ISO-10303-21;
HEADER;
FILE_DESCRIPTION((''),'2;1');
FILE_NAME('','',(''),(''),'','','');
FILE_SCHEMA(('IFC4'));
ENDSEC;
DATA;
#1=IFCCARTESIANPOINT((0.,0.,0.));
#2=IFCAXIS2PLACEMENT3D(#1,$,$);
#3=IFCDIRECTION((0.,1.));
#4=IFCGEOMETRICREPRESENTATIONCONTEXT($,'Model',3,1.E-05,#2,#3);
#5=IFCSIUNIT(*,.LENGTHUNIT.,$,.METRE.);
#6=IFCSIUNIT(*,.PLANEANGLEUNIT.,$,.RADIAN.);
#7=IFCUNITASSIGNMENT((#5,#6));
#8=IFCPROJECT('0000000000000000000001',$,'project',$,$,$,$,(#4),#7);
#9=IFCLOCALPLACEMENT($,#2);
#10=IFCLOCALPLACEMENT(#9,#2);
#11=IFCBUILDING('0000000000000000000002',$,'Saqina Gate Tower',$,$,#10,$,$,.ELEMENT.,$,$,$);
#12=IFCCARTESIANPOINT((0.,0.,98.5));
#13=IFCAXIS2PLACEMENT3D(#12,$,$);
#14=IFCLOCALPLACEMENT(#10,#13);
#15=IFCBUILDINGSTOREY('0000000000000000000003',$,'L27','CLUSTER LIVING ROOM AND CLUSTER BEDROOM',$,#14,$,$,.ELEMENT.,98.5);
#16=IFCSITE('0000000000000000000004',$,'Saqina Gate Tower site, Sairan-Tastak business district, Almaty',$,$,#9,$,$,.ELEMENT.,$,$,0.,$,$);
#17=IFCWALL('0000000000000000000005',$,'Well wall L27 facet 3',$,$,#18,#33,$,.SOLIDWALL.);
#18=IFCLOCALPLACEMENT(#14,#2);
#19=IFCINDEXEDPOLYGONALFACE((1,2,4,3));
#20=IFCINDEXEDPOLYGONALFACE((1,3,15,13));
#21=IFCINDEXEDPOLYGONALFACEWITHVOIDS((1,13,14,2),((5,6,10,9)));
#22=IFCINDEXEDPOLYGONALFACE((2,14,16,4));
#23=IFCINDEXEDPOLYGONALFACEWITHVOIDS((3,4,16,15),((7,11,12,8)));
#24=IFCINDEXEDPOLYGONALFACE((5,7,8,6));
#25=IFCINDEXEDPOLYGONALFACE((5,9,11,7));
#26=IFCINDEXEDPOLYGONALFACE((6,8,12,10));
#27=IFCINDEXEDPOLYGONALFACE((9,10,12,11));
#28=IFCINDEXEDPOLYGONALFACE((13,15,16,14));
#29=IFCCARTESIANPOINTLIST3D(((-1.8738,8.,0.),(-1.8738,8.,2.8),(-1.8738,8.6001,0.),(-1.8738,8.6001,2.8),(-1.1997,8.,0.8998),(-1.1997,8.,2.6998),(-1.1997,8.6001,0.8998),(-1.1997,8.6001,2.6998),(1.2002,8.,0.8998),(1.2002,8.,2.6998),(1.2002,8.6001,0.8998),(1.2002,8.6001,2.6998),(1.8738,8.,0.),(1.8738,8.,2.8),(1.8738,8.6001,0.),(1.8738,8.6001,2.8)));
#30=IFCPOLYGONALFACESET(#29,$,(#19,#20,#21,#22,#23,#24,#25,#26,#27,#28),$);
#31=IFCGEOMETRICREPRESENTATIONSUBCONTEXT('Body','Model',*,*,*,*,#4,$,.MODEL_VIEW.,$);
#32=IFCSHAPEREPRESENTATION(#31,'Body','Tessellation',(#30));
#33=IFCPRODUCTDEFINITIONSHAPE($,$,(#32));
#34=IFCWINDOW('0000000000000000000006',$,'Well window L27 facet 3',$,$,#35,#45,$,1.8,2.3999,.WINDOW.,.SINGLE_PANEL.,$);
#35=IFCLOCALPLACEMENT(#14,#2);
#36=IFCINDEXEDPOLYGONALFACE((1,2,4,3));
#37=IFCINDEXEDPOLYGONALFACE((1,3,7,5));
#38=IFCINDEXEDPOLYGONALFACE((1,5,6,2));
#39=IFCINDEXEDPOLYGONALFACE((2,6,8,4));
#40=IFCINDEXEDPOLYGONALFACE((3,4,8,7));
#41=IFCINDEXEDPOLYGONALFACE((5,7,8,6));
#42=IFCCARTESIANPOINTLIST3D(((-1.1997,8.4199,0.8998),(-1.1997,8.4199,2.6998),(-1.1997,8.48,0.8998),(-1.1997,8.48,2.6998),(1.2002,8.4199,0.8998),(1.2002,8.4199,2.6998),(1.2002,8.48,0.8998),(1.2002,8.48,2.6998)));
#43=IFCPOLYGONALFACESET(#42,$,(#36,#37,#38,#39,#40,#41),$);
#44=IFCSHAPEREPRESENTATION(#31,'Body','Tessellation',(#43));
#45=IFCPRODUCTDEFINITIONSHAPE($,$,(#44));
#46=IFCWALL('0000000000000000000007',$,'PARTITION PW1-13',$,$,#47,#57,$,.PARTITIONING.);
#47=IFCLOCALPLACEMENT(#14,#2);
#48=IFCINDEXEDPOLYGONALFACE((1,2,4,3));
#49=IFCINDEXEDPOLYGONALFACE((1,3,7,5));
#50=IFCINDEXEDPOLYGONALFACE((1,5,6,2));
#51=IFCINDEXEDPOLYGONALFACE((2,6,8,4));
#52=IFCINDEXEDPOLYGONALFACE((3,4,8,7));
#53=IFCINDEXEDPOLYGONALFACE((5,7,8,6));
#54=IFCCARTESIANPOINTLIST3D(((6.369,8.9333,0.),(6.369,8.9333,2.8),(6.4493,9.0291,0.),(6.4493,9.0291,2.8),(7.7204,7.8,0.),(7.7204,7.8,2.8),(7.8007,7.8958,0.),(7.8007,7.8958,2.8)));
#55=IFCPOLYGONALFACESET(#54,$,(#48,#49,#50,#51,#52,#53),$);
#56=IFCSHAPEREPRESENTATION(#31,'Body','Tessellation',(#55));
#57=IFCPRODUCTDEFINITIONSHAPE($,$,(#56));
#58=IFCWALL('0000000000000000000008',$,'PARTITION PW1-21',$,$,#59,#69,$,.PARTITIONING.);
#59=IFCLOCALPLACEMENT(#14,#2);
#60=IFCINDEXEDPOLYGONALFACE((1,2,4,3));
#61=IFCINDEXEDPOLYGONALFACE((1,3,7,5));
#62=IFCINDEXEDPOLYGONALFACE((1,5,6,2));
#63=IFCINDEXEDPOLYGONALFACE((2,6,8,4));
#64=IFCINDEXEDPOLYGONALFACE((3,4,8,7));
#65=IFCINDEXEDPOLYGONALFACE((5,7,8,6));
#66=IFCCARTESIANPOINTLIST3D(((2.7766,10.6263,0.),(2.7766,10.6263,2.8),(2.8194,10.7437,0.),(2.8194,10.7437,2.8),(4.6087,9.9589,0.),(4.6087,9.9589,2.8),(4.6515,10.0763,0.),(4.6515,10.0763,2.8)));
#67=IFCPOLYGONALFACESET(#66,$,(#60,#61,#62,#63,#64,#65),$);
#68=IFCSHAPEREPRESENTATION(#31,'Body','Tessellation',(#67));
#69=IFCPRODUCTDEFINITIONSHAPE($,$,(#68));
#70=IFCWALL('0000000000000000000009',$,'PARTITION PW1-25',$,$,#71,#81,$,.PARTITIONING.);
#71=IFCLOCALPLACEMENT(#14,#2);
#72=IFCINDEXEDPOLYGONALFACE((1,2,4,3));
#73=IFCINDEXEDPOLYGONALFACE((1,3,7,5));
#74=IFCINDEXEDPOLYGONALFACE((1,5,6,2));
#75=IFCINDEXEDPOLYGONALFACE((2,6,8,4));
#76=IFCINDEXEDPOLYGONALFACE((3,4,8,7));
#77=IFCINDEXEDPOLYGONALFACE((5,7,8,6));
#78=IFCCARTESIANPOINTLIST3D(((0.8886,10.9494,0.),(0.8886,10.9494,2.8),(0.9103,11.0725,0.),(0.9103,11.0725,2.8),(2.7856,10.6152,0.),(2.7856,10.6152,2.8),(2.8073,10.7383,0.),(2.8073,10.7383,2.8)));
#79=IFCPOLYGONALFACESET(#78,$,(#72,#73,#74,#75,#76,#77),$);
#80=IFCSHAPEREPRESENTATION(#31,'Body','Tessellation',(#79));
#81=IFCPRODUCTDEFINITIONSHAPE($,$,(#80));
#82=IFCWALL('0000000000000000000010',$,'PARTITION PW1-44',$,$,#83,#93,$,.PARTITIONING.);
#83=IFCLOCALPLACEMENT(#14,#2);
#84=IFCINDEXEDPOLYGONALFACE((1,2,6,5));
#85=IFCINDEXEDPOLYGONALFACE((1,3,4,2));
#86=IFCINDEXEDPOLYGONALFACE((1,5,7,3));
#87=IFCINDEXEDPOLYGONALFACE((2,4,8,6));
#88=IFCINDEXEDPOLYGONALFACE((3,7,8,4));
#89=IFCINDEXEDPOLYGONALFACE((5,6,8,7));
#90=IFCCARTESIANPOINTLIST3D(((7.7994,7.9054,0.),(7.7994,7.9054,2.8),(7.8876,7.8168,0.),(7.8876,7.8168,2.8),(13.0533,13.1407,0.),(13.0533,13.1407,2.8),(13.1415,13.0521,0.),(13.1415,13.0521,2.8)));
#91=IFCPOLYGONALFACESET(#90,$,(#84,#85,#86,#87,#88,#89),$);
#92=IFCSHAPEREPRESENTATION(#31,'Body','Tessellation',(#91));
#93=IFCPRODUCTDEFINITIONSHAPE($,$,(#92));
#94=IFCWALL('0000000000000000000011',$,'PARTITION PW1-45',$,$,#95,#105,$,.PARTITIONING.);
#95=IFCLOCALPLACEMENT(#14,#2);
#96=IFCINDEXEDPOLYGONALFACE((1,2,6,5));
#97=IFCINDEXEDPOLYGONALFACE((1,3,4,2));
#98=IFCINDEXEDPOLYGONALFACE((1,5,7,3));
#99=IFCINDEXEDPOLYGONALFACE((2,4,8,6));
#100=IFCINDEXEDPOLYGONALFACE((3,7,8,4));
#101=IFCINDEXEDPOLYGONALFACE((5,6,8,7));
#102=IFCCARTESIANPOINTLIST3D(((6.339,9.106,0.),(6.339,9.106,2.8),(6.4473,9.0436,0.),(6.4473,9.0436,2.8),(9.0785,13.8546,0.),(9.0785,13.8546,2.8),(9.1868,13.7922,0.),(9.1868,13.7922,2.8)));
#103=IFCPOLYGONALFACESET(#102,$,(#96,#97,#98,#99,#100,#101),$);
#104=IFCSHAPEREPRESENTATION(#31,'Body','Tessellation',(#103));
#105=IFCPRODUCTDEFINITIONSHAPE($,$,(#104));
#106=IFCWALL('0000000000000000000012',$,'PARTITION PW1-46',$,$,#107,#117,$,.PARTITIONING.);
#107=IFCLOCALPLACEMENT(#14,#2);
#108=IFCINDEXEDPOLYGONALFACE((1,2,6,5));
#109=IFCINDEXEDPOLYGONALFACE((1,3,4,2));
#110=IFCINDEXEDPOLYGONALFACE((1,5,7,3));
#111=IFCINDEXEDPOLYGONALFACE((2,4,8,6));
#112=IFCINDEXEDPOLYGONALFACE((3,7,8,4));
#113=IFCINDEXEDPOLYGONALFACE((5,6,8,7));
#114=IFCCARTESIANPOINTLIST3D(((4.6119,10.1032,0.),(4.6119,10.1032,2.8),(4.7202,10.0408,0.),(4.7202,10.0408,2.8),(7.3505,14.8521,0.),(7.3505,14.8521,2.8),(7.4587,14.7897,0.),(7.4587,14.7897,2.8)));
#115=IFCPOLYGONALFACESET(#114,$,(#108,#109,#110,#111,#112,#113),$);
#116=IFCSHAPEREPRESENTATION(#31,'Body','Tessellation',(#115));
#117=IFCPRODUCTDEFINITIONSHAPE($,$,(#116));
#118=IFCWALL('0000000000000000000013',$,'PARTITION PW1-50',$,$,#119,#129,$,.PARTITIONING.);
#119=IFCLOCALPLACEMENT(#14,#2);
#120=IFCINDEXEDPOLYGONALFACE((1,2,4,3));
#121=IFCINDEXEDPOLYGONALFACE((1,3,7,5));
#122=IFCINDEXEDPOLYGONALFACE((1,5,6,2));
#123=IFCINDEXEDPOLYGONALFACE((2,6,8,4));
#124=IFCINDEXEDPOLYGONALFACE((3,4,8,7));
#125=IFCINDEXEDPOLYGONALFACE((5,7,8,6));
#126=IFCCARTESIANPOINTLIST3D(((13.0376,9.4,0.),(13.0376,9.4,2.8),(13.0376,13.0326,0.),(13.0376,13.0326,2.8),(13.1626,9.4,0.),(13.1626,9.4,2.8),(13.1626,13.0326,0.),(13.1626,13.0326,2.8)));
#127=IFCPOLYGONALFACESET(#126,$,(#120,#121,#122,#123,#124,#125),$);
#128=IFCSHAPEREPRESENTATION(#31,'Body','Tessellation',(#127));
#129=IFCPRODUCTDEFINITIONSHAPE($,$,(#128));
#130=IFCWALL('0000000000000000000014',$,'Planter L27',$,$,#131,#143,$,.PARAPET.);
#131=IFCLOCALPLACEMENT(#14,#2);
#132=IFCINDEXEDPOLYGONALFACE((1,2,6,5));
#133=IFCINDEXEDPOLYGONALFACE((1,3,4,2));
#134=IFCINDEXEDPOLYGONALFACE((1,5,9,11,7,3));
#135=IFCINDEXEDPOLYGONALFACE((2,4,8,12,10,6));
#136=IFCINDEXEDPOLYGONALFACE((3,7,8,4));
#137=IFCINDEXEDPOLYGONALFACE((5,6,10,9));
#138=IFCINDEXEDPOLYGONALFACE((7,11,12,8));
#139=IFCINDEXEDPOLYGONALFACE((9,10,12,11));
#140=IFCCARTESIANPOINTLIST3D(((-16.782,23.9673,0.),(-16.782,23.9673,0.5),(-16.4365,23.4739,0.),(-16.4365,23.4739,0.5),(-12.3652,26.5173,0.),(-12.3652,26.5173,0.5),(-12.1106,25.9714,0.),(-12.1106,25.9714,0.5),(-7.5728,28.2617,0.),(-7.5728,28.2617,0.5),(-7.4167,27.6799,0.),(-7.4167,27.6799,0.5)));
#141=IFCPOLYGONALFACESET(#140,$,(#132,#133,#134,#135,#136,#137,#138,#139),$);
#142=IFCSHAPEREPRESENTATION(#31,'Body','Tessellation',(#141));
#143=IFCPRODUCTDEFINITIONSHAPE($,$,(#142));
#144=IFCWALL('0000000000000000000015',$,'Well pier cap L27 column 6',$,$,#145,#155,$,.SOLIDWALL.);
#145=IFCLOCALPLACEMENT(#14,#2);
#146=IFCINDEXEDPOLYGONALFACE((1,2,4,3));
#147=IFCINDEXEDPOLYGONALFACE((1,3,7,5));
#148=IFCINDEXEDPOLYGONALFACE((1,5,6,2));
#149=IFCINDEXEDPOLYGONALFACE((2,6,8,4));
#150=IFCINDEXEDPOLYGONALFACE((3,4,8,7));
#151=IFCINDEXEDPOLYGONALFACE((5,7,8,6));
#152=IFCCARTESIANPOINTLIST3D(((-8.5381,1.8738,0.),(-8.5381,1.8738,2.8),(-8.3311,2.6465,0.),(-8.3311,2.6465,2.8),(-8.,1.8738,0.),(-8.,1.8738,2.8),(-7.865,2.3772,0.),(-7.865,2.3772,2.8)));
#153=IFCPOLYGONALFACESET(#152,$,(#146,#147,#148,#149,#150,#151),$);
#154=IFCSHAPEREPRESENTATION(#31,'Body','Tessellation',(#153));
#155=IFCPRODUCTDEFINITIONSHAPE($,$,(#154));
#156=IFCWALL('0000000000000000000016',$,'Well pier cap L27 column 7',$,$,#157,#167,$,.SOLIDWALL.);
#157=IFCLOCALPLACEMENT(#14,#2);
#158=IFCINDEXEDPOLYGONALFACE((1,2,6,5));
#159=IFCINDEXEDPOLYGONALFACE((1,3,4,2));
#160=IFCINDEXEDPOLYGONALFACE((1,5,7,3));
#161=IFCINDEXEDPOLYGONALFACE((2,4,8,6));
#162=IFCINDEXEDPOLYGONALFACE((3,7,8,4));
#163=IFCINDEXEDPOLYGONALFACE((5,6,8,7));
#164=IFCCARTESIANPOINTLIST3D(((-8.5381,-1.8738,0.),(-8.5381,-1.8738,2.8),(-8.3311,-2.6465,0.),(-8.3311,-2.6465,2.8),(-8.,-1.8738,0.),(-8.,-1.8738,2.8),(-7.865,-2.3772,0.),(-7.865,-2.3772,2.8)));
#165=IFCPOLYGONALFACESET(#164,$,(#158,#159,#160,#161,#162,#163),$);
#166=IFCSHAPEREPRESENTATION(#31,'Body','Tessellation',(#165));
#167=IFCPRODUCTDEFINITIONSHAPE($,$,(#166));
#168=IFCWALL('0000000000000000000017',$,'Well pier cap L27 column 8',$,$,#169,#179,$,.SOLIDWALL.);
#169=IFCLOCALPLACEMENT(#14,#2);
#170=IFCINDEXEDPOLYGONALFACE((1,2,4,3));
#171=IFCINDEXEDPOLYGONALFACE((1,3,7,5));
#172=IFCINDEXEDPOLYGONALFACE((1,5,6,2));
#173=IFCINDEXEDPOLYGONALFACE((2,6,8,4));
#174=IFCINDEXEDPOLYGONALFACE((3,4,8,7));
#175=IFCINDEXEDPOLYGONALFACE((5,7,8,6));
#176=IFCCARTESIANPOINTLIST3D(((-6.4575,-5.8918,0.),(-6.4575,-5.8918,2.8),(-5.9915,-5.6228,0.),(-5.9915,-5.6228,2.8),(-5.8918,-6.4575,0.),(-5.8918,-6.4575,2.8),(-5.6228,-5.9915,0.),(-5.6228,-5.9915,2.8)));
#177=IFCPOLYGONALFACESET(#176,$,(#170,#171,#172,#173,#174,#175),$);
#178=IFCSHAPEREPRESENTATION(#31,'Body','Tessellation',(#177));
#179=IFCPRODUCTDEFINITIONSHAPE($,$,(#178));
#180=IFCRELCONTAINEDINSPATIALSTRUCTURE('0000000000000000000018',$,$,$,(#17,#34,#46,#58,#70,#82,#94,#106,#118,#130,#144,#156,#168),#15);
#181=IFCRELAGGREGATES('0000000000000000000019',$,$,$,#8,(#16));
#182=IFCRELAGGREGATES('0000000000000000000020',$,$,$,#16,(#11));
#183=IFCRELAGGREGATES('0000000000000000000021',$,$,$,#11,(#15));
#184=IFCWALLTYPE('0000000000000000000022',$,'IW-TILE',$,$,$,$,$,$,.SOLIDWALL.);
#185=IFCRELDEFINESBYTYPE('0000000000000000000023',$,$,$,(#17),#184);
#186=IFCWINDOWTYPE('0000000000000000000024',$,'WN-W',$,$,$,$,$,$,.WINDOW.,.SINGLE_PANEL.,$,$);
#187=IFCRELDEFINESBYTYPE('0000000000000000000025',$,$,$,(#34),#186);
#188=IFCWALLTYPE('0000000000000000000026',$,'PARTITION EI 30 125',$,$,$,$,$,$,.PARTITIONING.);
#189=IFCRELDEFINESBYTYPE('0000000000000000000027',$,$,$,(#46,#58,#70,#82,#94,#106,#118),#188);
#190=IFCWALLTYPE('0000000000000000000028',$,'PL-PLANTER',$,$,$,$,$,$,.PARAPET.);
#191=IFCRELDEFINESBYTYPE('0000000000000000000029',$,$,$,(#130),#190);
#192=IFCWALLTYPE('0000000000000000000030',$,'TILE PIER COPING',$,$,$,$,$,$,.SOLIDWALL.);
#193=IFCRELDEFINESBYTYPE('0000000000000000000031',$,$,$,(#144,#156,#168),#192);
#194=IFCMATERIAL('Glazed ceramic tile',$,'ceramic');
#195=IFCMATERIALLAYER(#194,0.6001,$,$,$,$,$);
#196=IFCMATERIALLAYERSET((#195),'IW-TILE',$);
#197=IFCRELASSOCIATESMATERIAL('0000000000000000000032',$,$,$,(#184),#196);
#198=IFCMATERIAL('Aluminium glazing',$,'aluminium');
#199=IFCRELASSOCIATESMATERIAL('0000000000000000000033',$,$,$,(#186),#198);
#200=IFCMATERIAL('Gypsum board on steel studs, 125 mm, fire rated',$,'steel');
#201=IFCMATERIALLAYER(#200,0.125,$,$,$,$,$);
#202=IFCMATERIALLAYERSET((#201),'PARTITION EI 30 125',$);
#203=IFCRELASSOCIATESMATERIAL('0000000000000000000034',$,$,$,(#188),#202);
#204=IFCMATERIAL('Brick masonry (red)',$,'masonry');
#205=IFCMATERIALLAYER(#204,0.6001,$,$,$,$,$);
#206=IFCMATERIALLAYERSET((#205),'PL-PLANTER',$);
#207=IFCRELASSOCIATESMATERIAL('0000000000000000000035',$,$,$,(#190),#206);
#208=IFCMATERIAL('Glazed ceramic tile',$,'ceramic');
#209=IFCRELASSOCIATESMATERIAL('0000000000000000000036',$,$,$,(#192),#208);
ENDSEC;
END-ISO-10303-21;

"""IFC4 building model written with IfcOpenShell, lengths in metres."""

from ifc_helpers import new_model, si_unit, direction, frame, frame_2d, origin, place, context, subcontext, project, spatial, polyline, rectangle, outline, extrude, material, layer, layer_set, type_object, element, fill, save


model = new_model("IFC4")

# Units and contexts
model_context = context("Model", 3, precision=1e-05, world=origin(), true_north=direction((0.0, 1.0)))
body_context = subcontext(model_context, "Body", "Model", "MODEL_VIEW")
ifc_project = project(units=[si_unit("LENGTHUNIT", "METRE"), si_unit("PLANEANGLEUNIT", "RADIAN")], contexts=[model_context])

# Site, building, storey
site_placement = place(None, origin())
site = spatial("IfcSite", under=ifc_project, at=site_placement, Name="Saqina Gate Tower site, Sairan-Tastak business district, Almaty", CompositionType="ELEMENT", RefElevation=0.0)
building_placement = place(site_placement, origin())
building = spatial("IfcBuilding", under=site, at=building_placement, Name="Saqina Gate Tower", CompositionType="ELEMENT")
storey_placement = place(building_placement, frame((0.0, 0.0, 98.5)))
storey = spatial("IfcBuildingStorey", under=building, at=storey_placement, Name="L27", Description="CLUSTER LIVING ROOM AND CLUSTER BEDROOM", CompositionType="ELEMENT", Elevation=98.5)

# Wall, opening, window
ifc_material_1 = material(Name="Glazed ceramic tile", Category="ceramic")
ifc_layer_1 = layer(ifc_material_1, 0.6001)
ifc_layer_set_1 = layer_set([ifc_layer_1], Name="IW-TILE")
wall_type_1 = type_object("IfcWallType", Name="IW-TILE", PredefinedType="SOLIDWALL", material=ifc_layer_set_1)
ifc_material_2 = material(Name="Aluminium glazing", Category="aluminium")
window_type = type_object("IfcWindowType", Name="WN-W", PartitioningType="SINGLE_PANEL", PredefinedType="WINDOW", material=ifc_material_2)
wall_1_placement = place(storey_placement, frame((1.8738, 8.3, 0.0), z_axis=(0.0, 0.0, 1.0), x_axis=(-1.0, 0.0, 0.0)))
wall_1 = element("IfcWall", 1, at=wall_1_placement, inside=storey, type_object=wall_type_1, Name="Well wall L27 facet 3", PredefinedType="SOLIDWALL", context=body_context, shape_type="SweptSolid", body=[
    extrude(rectangle(XDim=3.7476, YDim=0.6001, at=frame_2d((1.8738, 0.0))), origin(), (0.0, 0.0, 1.0), 2.8),
])
opening_1_placement = place(wall_1_placement, frame((0.6736, 0.0, 0.8999)))
opening_1 = element("IfcOpeningElement", 2, at=opening_1_placement, cuts=wall_1, PredefinedType="OPENING", context=body_context, shape_type="SweptSolid", body=[
    extrude(rectangle(XDim=2.3999, YDim=1.8, at=frame_2d((1.2, 0.8999))), frame((0.0, 0.312, 0.0), z_axis=(0.0, -1.0, 0.0), x_axis=(1.0, 0.0, 0.0)), (0.0, 0.0, 1.0), 0.624),
])
window_1_placement = place(opening_1_placement, origin())
window_1 = element("IfcWindow", 3, at=window_1_placement, inside=storey, type_object=window_type, Name="Well window L27 facet 3", OverallHeight=1.8, OverallWidth=2.3999, PartitioningType="SINGLE_PANEL", PredefinedType="WINDOW", context=body_context, shape_type="SweptSolid", body=[
    extrude(rectangle(XDim=2.3999, YDim=1.8, at=frame_2d((1.2, 0.8999))), frame((0.0, -0.1199, 0.0), z_axis=(0.0, -1.0, 0.0), x_axis=(1.0, 0.0, 0.0)), (0.0, 0.0, 1.0), 0.0601),
])
fill(opening_1, window_1)

# Walls
ifc_material_3 = material(Name="Gypsum board on steel studs, 125 mm, fire rated", Category="steel")
ifc_layer_2 = layer(ifc_material_3, 0.125)
ifc_layer_set_2 = layer_set([ifc_layer_2], Name="PARTITION EI 30 125")
wall_type_2 = type_object("IfcWallType", Name="PARTITION EI 30 125", PredefinedType="PARTITIONING", material=ifc_layer_set_2)
wall_2_placement = place(storey_placement, frame((6.4092, 8.9812, 0.0), z_axis=(0.0, 0.0, 1.0), x_axis=(0.766209, -0.642591, 0.0)))
element("IfcWall", 4, at=wall_2_placement, inside=storey, type_object=wall_type_2, Name="PARTITION PW1-13", PredefinedType="PARTITIONING", context=body_context, shape_type="SweptSolid", body=[
    extrude(rectangle(XDim=1.7637, YDim=0.125, at=frame_2d((0.8818, 0.0))), origin(), (0.0, 0.0, 1.0), 2.8),
])
wall_3_placement = place(storey_placement, frame((2.7979, 10.6851, 0.0), z_axis=(0.0, 0.0, 1.0), x_axis=(0.939596, -0.342286, 0.0)))
element("IfcWall", 5, at=wall_3_placement, inside=storey, type_object=wall_type_2, Name="PARTITION PW1-21", PredefinedType="PARTITIONING", context=body_context, shape_type="SweptSolid", body=[
    extrude(rectangle(XDim=1.95, YDim=0.125, at=frame_2d((0.9751, 0.0))), origin(), (0.0, 0.0, 1.0), 2.8),
])
wall_4_placement = place(storey_placement, frame((0.8994, 11.011, 0.0), z_axis=(0.0, 0.0, 1.0), x_axis=(0.984831, -0.173518, 0.0)))
element("IfcWall", 6, at=wall_4_placement, inside=storey, type_object=wall_type_2, Name="PARTITION PW1-25", PredefinedType="PARTITIONING", context=body_context, shape_type="SweptSolid", body=[
    extrude(rectangle(XDim=1.9263, YDim=0.125, at=frame_2d((0.9631, 0.0))), origin(), (0.0, 0.0, 1.0), 2.8),
])
wall_5_placement = place(storey_placement, frame((7.8435, 7.8611, 0.0), z_axis=(0.0, 0.0, 1.0), x_axis=(0.708356, 0.705855, 0.0)))
element("IfcWall", 7, at=wall_5_placement, inside=storey, type_object=wall_type_2, Name="PARTITION PW1-44", PredefinedType="PARTITIONING", context=body_context, shape_type="SweptSolid", body=[
    extrude(rectangle(XDim=7.417, YDim=0.125, at=frame_2d((3.7085, 0.0))), origin(), (0.0, 0.0, 1.0), 2.8),
])
wall_6_placement = place(storey_placement, frame((6.3931, 9.0747, 0.0), z_axis=(0.0, 0.0, 1.0), x_axis=(0.499717, 0.866189, 0.0)))
element("IfcWall", 8, at=wall_6_placement, inside=storey, type_object=wall_type_2, Name="PARTITION PW1-45", PredefinedType="PARTITIONING", context=body_context, shape_type="SweptSolid", body=[
    extrude(rectangle(XDim=5.4822, YDim=0.125, at=frame_2d((2.7412, 0.0))), origin(), (0.0, 0.0, 1.0), 2.8),
])
wall_7_placement = place(storey_placement, frame((4.666, 10.072, 0.0), z_axis=(0.0, 0.0, 1.0), x_axis=(0.499564, 0.866277, 0.0)))
element("IfcWall", 9, at=wall_7_placement, inside=storey, type_object=wall_type_2, Name="PARTITION PW1-46", PredefinedType="PARTITIONING", context=body_context, shape_type="SweptSolid", body=[
    extrude(rectangle(XDim=5.4819, YDim=0.125, at=frame_2d((2.741, 0.0))), origin(), (0.0, 0.0, 1.0), 2.8),
])
wall_8_placement = place(storey_placement, frame((13.1001, 9.3999, 0.0), z_axis=(0.0, 0.0, 1.0), x_axis=(0.0, 1.0, 0.0)))
element("IfcWall", 10, at=wall_8_placement, inside=storey, type_object=wall_type_2, Name="PARTITION PW1-50", PredefinedType="PARTITIONING", context=body_context, shape_type="SweptSolid", body=[
    extrude(rectangle(XDim=3.6326, YDim=0.125, at=frame_2d((1.8164, 0.0))), origin(), (0.0, 0.0, 1.0), 2.8),
])
ifc_material_4 = material(Name="Brick masonry (red)", Category="masonry")
ifc_layer_3 = layer(ifc_material_4, 0.6001)
ifc_layer_set_3 = layer_set([ifc_layer_3], Name="PL-PLANTER")
wall_type_3 = type_object("IfcWallType", Name="PL-PLANTER", PredefinedType="PARAPET", material=ifc_layer_set_3)
wall_9_placement = place(storey_placement, origin())
element("IfcWall", 11, at=wall_9_placement, inside=storey, type_object=wall_type_3, Name="Planter L27", PredefinedType="PARAPET", context=body_context, shape_type="SweptSolid", body=[
    extrude(outline(polyline([(-7.5728, 28.2617), (-12.3652, 26.5173), (-16.782, 23.9673), (-16.4365, 23.4739), (-12.1106, 25.9714), (-7.4167, 27.6799), (-7.5728, 28.2617)])), origin(), (0.0, 0.0, 1.0), 0.5),
])
ifc_material_5 = material(Name="Glazed ceramic tile", Category="ceramic")
wall_type_4 = type_object("IfcWallType", Name="TILE PIER COPING", PredefinedType="SOLIDWALL", material=ifc_material_5)
wall_10_placement = place(storey_placement, origin())
element("IfcWall", 12, at=wall_10_placement, inside=storey, type_object=wall_type_4, Name="Well pier cap L27 column 6", PredefinedType="SOLIDWALL", context=body_context, shape_type="SweptSolid", body=[
    extrude(outline(polyline([(-8.5381, 1.8738), (-8.0, 1.8738), (-7.865, 2.3772), (-8.3311, 2.6465), (-8.5381, 1.8738)])), origin(), (0.0, 0.0, 1.0), 2.8),
])
wall_11_placement = place(storey_placement, origin())
element("IfcWall", 13, at=wall_11_placement, inside=storey, type_object=wall_type_4, Name="Well pier cap L27 column 7", PredefinedType="SOLIDWALL", context=body_context, shape_type="SweptSolid", body=[
    extrude(outline(polyline([(-8.3311, -2.6465), (-7.865, -2.3772), (-8.0, -1.8738), (-8.5381, -1.8738), (-8.3311, -2.6465)])), origin(), (0.0, 0.0, 1.0), 2.8),
])
wall_12_placement = place(storey_placement, origin())
element("IfcWall", 14, at=wall_12_placement, inside=storey, type_object=wall_type_4, Name="Well pier cap L27 column 8", PredefinedType="SOLIDWALL", context=body_context, shape_type="SweptSolid", body=[
    extrude(outline(polyline([(-6.4575, -5.8918), (-5.8918, -6.4575), (-5.6228, -5.9915), (-5.9915, -5.6228), (-6.4575, -5.8918)])), origin(), (0.0, 0.0, 1.0), 2.8),
])

save(model, "model.ifc")
